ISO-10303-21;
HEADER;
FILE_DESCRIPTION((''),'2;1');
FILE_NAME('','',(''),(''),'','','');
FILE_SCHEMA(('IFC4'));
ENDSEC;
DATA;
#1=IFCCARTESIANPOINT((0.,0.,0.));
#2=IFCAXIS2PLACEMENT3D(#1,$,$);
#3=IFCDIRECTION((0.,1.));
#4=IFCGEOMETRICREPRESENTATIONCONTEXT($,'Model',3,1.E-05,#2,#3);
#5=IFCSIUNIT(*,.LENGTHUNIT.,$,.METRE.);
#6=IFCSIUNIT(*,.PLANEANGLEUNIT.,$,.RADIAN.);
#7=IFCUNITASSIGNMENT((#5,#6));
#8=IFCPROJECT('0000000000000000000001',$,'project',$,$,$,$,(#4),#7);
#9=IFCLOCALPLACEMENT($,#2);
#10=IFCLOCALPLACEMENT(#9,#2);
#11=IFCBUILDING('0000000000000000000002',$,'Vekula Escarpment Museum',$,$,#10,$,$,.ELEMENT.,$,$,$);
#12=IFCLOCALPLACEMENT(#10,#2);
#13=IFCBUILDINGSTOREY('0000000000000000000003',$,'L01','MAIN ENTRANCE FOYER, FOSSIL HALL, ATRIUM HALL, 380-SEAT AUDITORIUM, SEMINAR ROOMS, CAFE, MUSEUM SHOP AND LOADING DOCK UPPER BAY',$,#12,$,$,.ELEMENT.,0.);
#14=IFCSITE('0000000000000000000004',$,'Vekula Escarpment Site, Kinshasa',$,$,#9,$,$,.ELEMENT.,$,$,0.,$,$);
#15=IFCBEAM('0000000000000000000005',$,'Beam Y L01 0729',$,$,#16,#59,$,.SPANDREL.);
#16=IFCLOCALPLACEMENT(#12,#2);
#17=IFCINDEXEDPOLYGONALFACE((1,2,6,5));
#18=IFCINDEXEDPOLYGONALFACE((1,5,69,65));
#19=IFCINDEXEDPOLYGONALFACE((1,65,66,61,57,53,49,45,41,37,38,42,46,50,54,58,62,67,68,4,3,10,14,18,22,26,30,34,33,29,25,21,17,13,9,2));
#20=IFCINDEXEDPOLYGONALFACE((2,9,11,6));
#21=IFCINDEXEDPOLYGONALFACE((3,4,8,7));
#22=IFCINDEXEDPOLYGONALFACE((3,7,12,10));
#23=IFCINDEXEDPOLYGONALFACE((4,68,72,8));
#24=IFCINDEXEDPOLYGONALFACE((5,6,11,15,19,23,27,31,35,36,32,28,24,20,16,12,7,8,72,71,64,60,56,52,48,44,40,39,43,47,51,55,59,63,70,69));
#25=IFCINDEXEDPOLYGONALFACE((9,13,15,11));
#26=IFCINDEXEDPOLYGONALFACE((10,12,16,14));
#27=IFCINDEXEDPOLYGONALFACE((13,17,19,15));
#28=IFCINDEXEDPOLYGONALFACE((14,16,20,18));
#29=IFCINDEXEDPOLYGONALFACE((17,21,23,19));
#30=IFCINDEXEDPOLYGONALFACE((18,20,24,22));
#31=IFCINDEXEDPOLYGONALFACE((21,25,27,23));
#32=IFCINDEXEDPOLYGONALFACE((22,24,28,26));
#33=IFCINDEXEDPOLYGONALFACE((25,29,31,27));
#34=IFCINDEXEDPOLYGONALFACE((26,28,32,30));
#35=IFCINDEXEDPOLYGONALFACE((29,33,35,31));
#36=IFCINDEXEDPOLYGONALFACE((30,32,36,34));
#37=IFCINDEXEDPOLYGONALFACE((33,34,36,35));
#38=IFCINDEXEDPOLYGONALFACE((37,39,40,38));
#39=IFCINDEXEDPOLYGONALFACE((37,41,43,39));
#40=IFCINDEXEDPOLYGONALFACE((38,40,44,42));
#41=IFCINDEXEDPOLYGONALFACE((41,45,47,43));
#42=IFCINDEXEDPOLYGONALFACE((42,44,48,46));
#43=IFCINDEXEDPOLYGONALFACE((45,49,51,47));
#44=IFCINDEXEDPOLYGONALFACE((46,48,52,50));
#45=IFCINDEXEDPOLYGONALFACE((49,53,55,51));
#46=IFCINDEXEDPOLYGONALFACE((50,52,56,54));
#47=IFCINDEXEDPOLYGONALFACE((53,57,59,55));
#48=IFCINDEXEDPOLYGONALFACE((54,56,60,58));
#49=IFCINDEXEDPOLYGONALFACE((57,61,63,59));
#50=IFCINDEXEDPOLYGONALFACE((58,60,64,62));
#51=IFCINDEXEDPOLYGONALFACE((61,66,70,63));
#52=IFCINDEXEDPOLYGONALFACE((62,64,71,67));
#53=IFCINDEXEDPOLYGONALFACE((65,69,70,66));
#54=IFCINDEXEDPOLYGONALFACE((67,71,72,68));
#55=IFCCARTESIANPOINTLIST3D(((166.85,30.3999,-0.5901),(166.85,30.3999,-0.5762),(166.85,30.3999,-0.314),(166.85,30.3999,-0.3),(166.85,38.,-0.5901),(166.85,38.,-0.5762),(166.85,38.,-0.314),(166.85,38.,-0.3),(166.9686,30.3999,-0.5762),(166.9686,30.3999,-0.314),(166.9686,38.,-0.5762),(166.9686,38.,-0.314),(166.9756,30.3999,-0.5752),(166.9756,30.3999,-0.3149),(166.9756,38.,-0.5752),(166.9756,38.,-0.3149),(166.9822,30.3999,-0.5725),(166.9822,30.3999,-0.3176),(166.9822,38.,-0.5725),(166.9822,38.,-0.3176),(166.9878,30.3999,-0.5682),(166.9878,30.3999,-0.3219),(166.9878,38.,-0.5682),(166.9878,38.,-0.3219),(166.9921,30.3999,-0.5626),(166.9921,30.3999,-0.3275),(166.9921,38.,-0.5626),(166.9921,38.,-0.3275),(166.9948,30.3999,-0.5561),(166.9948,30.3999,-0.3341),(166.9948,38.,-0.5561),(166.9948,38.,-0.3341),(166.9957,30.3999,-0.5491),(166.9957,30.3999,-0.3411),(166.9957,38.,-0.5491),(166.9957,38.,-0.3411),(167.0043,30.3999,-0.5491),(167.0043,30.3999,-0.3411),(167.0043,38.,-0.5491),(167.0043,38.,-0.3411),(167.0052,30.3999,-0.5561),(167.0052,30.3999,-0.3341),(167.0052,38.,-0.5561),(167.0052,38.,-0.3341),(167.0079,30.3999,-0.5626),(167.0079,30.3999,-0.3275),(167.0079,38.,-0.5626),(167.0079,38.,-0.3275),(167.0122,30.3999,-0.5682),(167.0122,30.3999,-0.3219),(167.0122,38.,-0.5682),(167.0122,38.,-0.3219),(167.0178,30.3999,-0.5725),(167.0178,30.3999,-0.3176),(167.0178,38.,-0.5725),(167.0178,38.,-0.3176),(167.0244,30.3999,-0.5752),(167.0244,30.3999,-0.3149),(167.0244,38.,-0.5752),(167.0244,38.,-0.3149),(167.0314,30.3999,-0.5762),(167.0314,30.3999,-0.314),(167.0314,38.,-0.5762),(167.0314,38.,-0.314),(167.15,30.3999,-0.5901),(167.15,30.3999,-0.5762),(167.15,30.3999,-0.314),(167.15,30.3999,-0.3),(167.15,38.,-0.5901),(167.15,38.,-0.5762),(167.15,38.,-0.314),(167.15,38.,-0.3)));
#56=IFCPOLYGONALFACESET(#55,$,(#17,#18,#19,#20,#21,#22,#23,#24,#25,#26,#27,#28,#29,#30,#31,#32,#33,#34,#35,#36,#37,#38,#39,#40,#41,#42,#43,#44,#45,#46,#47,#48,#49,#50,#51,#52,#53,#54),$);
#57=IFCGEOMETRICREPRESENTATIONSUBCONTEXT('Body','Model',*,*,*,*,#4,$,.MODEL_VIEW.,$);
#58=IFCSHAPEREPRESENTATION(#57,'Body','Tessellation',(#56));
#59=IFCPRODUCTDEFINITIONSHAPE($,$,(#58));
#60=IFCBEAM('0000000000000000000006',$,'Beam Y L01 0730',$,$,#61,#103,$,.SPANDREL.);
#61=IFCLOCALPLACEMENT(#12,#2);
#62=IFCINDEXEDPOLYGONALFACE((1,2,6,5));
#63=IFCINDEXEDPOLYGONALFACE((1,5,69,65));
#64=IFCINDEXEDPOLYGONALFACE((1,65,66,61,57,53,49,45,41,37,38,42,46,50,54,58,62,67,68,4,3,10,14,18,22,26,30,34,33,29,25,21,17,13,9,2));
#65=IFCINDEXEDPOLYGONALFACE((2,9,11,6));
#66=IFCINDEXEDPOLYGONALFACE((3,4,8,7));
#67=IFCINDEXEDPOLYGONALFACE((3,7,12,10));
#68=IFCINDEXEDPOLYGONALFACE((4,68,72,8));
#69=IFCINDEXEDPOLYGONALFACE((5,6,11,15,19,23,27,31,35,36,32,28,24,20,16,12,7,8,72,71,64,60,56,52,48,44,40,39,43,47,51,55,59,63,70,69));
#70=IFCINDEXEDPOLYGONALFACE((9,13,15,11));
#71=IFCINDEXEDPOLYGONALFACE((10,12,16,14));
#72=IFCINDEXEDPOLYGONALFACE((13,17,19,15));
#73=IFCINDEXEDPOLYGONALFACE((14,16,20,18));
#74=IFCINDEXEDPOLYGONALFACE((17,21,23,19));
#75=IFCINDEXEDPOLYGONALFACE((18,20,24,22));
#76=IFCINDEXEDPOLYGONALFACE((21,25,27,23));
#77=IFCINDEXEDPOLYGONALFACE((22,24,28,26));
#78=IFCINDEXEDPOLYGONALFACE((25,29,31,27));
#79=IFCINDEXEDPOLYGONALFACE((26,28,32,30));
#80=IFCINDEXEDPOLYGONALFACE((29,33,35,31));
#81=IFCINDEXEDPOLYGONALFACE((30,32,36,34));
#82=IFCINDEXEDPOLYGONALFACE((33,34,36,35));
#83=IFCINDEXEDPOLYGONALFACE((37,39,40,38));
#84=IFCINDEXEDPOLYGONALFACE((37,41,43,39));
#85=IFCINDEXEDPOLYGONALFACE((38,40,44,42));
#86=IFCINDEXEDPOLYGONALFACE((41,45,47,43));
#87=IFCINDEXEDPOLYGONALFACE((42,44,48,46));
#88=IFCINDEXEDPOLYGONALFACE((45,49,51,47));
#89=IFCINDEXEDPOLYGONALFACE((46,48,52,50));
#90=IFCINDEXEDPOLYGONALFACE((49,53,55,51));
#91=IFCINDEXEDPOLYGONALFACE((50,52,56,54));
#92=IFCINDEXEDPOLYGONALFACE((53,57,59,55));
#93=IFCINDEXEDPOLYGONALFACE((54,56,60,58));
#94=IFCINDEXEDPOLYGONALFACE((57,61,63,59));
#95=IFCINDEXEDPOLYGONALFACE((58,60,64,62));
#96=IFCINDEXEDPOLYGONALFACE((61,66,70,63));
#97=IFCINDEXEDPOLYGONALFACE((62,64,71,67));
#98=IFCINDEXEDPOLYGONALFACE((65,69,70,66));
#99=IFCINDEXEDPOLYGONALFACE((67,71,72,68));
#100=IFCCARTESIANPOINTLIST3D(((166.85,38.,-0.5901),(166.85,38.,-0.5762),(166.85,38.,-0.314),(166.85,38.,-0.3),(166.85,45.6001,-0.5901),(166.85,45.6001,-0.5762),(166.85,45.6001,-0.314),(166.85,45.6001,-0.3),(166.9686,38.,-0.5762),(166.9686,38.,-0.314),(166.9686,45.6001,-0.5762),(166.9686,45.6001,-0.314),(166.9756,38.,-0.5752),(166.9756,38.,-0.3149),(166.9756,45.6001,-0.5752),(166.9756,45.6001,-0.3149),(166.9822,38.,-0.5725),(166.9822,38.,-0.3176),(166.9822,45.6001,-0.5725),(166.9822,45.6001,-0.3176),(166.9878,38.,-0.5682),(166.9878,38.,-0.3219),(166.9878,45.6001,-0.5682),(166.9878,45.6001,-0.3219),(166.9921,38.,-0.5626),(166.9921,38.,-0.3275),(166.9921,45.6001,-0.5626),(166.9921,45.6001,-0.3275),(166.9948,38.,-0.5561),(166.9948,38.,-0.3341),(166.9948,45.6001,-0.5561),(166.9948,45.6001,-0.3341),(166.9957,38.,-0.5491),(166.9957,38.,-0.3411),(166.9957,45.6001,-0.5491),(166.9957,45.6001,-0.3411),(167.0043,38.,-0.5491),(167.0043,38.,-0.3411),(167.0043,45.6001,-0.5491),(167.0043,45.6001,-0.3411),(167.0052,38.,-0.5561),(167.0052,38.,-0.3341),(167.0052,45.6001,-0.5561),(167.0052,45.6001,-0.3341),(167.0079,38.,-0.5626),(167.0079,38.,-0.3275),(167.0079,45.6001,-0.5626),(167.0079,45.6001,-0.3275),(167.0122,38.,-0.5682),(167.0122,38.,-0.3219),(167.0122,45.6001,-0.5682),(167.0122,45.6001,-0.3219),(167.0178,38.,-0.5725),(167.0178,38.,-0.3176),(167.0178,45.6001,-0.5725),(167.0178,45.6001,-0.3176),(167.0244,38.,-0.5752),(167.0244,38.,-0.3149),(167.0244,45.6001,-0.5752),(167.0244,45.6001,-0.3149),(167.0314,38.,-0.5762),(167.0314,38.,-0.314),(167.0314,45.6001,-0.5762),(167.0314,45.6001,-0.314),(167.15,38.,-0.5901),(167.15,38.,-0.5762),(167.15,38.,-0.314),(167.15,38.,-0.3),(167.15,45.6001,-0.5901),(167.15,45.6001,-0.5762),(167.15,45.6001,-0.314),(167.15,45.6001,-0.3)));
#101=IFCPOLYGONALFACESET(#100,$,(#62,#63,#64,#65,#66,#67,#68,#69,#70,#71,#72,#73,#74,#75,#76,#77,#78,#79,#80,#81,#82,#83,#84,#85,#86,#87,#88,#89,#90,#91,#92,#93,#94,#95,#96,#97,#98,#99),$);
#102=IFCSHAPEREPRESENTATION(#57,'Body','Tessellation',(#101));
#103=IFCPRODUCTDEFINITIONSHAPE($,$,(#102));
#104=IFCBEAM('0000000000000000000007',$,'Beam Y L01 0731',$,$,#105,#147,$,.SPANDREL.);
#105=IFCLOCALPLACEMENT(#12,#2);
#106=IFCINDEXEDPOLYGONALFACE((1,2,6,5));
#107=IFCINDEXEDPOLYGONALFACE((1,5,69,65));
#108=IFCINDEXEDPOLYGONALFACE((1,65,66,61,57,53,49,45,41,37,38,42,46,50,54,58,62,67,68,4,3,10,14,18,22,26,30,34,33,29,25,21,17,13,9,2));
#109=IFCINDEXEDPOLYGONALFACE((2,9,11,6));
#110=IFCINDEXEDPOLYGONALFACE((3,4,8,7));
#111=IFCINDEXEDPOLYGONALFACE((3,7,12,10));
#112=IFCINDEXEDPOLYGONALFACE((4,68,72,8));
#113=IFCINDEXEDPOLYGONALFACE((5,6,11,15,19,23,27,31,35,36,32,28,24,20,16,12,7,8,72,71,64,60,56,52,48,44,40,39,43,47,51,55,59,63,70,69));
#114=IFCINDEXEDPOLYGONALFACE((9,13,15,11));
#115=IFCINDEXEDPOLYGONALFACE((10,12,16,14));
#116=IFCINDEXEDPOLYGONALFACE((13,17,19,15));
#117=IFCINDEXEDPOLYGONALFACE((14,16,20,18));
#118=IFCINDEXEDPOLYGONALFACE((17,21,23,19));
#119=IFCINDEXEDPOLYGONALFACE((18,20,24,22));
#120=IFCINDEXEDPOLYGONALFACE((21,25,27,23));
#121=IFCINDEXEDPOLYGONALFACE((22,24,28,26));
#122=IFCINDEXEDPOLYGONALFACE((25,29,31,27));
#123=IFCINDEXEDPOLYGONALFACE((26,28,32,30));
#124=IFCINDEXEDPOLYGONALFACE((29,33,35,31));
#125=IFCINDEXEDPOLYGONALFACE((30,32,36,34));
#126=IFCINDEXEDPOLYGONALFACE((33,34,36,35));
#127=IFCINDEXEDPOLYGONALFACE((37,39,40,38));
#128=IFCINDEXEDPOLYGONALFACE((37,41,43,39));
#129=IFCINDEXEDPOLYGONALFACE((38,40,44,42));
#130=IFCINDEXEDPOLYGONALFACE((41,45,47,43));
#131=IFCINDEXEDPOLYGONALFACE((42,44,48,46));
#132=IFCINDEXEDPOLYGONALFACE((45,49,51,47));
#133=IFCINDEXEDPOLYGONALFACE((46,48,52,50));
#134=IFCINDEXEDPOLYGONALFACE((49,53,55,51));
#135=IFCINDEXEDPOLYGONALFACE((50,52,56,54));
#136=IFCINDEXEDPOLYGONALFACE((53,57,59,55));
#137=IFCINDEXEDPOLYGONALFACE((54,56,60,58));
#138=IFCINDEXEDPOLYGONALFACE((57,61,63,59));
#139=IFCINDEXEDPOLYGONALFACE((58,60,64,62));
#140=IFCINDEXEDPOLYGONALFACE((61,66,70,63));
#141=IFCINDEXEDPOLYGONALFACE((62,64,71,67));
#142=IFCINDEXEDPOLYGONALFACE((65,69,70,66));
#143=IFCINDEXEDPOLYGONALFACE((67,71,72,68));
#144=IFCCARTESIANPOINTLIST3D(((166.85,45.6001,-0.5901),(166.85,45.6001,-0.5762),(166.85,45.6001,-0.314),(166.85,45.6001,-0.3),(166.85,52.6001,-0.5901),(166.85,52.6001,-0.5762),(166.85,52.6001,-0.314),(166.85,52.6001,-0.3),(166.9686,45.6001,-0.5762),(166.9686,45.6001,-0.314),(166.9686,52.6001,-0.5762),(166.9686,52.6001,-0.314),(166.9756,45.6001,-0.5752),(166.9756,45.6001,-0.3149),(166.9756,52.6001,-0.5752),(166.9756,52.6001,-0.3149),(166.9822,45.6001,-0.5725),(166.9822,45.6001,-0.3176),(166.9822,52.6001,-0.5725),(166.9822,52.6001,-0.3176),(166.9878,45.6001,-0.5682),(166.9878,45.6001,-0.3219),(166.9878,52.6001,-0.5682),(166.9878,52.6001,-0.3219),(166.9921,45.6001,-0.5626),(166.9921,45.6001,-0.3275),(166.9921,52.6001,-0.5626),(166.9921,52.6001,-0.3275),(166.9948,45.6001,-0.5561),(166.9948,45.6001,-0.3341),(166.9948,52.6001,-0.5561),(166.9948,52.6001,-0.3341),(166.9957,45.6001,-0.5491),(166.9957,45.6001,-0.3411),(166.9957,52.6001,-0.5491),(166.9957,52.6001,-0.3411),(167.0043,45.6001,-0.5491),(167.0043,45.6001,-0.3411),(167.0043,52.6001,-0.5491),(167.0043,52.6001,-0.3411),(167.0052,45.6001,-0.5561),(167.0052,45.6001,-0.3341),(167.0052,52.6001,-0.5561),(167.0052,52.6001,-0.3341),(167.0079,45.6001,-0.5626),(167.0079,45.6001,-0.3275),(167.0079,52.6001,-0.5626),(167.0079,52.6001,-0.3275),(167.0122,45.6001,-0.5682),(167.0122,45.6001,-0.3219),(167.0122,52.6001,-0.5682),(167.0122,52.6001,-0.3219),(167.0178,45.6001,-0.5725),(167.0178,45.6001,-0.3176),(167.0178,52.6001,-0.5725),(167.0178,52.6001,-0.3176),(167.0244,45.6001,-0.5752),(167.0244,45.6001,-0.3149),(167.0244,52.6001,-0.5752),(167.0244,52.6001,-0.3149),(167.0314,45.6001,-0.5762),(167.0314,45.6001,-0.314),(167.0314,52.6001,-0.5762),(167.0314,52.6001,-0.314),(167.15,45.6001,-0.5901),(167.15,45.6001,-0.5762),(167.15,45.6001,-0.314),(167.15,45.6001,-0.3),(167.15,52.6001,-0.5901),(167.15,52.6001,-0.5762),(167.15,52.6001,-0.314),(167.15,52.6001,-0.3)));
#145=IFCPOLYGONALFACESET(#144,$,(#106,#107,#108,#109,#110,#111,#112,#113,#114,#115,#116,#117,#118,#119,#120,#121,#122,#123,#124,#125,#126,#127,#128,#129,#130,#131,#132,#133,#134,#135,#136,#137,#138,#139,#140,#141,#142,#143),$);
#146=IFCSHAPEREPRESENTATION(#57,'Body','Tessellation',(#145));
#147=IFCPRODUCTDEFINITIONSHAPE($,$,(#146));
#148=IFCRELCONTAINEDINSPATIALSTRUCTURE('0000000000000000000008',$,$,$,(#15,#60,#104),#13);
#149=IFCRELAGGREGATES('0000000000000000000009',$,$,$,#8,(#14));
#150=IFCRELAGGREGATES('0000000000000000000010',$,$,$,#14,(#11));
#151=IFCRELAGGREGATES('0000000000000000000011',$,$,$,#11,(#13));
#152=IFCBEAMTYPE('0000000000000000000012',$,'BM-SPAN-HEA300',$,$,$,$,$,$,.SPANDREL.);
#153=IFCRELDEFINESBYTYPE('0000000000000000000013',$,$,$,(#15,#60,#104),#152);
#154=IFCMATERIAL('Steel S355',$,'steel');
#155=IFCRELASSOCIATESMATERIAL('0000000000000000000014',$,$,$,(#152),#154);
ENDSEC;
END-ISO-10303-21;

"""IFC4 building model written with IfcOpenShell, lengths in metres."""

from ifc_helpers import new_model, si_unit, direction, frame, origin, origin_2d, place, context, subcontext, project, spatial, i_section, extrude, material, material_profile, profile_set, type_object, element, save


model = new_model("IFC4")

# Units and contexts
model_context = context("Model", 3, precision=1e-05, world=origin(), true_north=direction((0.0, 1.0)))
body_context = subcontext(model_context, "Body", "Model", "MODEL_VIEW")
ifc_project = project(units=[si_unit("LENGTHUNIT", "METRE"), si_unit("PLANEANGLEUNIT", "RADIAN")], contexts=[model_context])

# Site, building, storey
site_placement = place(None, origin())
site = spatial("IfcSite", under=ifc_project, at=site_placement, Name="Vekula Escarpment Site, Kinshasa", CompositionType="ELEMENT", RefElevation=0.0)
building_placement = place(site_placement, origin())
building = spatial("IfcBuilding", under=site, at=building_placement, Name="Vekula Escarpment Museum", CompositionType="ELEMENT")
storey_placement = place(building_placement, origin())
storey = spatial("IfcBuildingStorey", under=building, at=storey_placement, Name="L01", Description="MAIN ENTRANCE FOYER, FOSSIL HALL, ATRIUM HALL, 380-SEAT AUDITORIUM, SEMINAR ROOMS, CAFE, MUSEUM SHOP AND LOADING DOCK UPPER BAY", CompositionType="ELEMENT", Elevation=0.0)

# Beams
ifc_material_1 = material(Name="Steel S355", Category="steel")
ifc_material_profile_1 = material_profile(ifc_material_1, i_section(OverallWidth=0.3, OverallDepth=0.29, WebThickness=0.0085, FlangeThickness=0.0139, FilletRadius=0.0271, at=origin_2d()), Name="HEA 300")
ifc_profile_set_1 = profile_set([ifc_material_profile_1], Name="Steel S355")
beam_type_1 = type_object("IfcBeamType", Name="BM-SPAN-HEA300", PredefinedType="SPANDREL", material=ifc_profile_set_1)
for number, where, z_axis, x_axis, name in (
    (1, (167.0, 30.3999, -0.4451), (0.0, 1.0, 0.0), (-1.0, 0.0, 0.0), "Beam Y L01 0729"),
    (2, (167.0, 38.0, -0.4451), (0.0, 1.0, 0.0), (-1.0, 0.0, 0.0), "Beam Y L01 0730"),
):
    element("IfcBeam", number, at=place(storey_placement, frame(where, z_axis=z_axis, x_axis=x_axis)), inside=storey, type_object=beam_type_1, Name=name, PredefinedType="SPANDREL", context=body_context, shape_type="SweptSolid", body=[
        extrude(i_section(OverallWidth=0.3, OverallDepth=0.29, WebThickness=0.0085, FlangeThickness=0.0139, FilletRadius=0.0271, at=origin_2d()), origin(), (0.0, 0.0, 1.0), 7.6001),
    ])
beam_1_placement = place(storey_placement, frame((167.0, 45.6001, -0.4451), z_axis=(0.0, 1.0, 0.0), x_axis=(-1.0, 0.0, 0.0)))
element("IfcBeam", 3, at=beam_1_placement, inside=storey, type_object=beam_type_1, Name="Beam Y L01 0731", PredefinedType="SPANDREL", context=body_context, shape_type="SweptSolid", body=[
    extrude(i_section(OverallWidth=0.3, OverallDepth=0.29, WebThickness=0.0085, FlangeThickness=0.0139, FilletRadius=0.0271, at=origin_2d()), origin(), (0.0, 0.0, 1.0), 7.0),
])

save(model, "model.ifc")
